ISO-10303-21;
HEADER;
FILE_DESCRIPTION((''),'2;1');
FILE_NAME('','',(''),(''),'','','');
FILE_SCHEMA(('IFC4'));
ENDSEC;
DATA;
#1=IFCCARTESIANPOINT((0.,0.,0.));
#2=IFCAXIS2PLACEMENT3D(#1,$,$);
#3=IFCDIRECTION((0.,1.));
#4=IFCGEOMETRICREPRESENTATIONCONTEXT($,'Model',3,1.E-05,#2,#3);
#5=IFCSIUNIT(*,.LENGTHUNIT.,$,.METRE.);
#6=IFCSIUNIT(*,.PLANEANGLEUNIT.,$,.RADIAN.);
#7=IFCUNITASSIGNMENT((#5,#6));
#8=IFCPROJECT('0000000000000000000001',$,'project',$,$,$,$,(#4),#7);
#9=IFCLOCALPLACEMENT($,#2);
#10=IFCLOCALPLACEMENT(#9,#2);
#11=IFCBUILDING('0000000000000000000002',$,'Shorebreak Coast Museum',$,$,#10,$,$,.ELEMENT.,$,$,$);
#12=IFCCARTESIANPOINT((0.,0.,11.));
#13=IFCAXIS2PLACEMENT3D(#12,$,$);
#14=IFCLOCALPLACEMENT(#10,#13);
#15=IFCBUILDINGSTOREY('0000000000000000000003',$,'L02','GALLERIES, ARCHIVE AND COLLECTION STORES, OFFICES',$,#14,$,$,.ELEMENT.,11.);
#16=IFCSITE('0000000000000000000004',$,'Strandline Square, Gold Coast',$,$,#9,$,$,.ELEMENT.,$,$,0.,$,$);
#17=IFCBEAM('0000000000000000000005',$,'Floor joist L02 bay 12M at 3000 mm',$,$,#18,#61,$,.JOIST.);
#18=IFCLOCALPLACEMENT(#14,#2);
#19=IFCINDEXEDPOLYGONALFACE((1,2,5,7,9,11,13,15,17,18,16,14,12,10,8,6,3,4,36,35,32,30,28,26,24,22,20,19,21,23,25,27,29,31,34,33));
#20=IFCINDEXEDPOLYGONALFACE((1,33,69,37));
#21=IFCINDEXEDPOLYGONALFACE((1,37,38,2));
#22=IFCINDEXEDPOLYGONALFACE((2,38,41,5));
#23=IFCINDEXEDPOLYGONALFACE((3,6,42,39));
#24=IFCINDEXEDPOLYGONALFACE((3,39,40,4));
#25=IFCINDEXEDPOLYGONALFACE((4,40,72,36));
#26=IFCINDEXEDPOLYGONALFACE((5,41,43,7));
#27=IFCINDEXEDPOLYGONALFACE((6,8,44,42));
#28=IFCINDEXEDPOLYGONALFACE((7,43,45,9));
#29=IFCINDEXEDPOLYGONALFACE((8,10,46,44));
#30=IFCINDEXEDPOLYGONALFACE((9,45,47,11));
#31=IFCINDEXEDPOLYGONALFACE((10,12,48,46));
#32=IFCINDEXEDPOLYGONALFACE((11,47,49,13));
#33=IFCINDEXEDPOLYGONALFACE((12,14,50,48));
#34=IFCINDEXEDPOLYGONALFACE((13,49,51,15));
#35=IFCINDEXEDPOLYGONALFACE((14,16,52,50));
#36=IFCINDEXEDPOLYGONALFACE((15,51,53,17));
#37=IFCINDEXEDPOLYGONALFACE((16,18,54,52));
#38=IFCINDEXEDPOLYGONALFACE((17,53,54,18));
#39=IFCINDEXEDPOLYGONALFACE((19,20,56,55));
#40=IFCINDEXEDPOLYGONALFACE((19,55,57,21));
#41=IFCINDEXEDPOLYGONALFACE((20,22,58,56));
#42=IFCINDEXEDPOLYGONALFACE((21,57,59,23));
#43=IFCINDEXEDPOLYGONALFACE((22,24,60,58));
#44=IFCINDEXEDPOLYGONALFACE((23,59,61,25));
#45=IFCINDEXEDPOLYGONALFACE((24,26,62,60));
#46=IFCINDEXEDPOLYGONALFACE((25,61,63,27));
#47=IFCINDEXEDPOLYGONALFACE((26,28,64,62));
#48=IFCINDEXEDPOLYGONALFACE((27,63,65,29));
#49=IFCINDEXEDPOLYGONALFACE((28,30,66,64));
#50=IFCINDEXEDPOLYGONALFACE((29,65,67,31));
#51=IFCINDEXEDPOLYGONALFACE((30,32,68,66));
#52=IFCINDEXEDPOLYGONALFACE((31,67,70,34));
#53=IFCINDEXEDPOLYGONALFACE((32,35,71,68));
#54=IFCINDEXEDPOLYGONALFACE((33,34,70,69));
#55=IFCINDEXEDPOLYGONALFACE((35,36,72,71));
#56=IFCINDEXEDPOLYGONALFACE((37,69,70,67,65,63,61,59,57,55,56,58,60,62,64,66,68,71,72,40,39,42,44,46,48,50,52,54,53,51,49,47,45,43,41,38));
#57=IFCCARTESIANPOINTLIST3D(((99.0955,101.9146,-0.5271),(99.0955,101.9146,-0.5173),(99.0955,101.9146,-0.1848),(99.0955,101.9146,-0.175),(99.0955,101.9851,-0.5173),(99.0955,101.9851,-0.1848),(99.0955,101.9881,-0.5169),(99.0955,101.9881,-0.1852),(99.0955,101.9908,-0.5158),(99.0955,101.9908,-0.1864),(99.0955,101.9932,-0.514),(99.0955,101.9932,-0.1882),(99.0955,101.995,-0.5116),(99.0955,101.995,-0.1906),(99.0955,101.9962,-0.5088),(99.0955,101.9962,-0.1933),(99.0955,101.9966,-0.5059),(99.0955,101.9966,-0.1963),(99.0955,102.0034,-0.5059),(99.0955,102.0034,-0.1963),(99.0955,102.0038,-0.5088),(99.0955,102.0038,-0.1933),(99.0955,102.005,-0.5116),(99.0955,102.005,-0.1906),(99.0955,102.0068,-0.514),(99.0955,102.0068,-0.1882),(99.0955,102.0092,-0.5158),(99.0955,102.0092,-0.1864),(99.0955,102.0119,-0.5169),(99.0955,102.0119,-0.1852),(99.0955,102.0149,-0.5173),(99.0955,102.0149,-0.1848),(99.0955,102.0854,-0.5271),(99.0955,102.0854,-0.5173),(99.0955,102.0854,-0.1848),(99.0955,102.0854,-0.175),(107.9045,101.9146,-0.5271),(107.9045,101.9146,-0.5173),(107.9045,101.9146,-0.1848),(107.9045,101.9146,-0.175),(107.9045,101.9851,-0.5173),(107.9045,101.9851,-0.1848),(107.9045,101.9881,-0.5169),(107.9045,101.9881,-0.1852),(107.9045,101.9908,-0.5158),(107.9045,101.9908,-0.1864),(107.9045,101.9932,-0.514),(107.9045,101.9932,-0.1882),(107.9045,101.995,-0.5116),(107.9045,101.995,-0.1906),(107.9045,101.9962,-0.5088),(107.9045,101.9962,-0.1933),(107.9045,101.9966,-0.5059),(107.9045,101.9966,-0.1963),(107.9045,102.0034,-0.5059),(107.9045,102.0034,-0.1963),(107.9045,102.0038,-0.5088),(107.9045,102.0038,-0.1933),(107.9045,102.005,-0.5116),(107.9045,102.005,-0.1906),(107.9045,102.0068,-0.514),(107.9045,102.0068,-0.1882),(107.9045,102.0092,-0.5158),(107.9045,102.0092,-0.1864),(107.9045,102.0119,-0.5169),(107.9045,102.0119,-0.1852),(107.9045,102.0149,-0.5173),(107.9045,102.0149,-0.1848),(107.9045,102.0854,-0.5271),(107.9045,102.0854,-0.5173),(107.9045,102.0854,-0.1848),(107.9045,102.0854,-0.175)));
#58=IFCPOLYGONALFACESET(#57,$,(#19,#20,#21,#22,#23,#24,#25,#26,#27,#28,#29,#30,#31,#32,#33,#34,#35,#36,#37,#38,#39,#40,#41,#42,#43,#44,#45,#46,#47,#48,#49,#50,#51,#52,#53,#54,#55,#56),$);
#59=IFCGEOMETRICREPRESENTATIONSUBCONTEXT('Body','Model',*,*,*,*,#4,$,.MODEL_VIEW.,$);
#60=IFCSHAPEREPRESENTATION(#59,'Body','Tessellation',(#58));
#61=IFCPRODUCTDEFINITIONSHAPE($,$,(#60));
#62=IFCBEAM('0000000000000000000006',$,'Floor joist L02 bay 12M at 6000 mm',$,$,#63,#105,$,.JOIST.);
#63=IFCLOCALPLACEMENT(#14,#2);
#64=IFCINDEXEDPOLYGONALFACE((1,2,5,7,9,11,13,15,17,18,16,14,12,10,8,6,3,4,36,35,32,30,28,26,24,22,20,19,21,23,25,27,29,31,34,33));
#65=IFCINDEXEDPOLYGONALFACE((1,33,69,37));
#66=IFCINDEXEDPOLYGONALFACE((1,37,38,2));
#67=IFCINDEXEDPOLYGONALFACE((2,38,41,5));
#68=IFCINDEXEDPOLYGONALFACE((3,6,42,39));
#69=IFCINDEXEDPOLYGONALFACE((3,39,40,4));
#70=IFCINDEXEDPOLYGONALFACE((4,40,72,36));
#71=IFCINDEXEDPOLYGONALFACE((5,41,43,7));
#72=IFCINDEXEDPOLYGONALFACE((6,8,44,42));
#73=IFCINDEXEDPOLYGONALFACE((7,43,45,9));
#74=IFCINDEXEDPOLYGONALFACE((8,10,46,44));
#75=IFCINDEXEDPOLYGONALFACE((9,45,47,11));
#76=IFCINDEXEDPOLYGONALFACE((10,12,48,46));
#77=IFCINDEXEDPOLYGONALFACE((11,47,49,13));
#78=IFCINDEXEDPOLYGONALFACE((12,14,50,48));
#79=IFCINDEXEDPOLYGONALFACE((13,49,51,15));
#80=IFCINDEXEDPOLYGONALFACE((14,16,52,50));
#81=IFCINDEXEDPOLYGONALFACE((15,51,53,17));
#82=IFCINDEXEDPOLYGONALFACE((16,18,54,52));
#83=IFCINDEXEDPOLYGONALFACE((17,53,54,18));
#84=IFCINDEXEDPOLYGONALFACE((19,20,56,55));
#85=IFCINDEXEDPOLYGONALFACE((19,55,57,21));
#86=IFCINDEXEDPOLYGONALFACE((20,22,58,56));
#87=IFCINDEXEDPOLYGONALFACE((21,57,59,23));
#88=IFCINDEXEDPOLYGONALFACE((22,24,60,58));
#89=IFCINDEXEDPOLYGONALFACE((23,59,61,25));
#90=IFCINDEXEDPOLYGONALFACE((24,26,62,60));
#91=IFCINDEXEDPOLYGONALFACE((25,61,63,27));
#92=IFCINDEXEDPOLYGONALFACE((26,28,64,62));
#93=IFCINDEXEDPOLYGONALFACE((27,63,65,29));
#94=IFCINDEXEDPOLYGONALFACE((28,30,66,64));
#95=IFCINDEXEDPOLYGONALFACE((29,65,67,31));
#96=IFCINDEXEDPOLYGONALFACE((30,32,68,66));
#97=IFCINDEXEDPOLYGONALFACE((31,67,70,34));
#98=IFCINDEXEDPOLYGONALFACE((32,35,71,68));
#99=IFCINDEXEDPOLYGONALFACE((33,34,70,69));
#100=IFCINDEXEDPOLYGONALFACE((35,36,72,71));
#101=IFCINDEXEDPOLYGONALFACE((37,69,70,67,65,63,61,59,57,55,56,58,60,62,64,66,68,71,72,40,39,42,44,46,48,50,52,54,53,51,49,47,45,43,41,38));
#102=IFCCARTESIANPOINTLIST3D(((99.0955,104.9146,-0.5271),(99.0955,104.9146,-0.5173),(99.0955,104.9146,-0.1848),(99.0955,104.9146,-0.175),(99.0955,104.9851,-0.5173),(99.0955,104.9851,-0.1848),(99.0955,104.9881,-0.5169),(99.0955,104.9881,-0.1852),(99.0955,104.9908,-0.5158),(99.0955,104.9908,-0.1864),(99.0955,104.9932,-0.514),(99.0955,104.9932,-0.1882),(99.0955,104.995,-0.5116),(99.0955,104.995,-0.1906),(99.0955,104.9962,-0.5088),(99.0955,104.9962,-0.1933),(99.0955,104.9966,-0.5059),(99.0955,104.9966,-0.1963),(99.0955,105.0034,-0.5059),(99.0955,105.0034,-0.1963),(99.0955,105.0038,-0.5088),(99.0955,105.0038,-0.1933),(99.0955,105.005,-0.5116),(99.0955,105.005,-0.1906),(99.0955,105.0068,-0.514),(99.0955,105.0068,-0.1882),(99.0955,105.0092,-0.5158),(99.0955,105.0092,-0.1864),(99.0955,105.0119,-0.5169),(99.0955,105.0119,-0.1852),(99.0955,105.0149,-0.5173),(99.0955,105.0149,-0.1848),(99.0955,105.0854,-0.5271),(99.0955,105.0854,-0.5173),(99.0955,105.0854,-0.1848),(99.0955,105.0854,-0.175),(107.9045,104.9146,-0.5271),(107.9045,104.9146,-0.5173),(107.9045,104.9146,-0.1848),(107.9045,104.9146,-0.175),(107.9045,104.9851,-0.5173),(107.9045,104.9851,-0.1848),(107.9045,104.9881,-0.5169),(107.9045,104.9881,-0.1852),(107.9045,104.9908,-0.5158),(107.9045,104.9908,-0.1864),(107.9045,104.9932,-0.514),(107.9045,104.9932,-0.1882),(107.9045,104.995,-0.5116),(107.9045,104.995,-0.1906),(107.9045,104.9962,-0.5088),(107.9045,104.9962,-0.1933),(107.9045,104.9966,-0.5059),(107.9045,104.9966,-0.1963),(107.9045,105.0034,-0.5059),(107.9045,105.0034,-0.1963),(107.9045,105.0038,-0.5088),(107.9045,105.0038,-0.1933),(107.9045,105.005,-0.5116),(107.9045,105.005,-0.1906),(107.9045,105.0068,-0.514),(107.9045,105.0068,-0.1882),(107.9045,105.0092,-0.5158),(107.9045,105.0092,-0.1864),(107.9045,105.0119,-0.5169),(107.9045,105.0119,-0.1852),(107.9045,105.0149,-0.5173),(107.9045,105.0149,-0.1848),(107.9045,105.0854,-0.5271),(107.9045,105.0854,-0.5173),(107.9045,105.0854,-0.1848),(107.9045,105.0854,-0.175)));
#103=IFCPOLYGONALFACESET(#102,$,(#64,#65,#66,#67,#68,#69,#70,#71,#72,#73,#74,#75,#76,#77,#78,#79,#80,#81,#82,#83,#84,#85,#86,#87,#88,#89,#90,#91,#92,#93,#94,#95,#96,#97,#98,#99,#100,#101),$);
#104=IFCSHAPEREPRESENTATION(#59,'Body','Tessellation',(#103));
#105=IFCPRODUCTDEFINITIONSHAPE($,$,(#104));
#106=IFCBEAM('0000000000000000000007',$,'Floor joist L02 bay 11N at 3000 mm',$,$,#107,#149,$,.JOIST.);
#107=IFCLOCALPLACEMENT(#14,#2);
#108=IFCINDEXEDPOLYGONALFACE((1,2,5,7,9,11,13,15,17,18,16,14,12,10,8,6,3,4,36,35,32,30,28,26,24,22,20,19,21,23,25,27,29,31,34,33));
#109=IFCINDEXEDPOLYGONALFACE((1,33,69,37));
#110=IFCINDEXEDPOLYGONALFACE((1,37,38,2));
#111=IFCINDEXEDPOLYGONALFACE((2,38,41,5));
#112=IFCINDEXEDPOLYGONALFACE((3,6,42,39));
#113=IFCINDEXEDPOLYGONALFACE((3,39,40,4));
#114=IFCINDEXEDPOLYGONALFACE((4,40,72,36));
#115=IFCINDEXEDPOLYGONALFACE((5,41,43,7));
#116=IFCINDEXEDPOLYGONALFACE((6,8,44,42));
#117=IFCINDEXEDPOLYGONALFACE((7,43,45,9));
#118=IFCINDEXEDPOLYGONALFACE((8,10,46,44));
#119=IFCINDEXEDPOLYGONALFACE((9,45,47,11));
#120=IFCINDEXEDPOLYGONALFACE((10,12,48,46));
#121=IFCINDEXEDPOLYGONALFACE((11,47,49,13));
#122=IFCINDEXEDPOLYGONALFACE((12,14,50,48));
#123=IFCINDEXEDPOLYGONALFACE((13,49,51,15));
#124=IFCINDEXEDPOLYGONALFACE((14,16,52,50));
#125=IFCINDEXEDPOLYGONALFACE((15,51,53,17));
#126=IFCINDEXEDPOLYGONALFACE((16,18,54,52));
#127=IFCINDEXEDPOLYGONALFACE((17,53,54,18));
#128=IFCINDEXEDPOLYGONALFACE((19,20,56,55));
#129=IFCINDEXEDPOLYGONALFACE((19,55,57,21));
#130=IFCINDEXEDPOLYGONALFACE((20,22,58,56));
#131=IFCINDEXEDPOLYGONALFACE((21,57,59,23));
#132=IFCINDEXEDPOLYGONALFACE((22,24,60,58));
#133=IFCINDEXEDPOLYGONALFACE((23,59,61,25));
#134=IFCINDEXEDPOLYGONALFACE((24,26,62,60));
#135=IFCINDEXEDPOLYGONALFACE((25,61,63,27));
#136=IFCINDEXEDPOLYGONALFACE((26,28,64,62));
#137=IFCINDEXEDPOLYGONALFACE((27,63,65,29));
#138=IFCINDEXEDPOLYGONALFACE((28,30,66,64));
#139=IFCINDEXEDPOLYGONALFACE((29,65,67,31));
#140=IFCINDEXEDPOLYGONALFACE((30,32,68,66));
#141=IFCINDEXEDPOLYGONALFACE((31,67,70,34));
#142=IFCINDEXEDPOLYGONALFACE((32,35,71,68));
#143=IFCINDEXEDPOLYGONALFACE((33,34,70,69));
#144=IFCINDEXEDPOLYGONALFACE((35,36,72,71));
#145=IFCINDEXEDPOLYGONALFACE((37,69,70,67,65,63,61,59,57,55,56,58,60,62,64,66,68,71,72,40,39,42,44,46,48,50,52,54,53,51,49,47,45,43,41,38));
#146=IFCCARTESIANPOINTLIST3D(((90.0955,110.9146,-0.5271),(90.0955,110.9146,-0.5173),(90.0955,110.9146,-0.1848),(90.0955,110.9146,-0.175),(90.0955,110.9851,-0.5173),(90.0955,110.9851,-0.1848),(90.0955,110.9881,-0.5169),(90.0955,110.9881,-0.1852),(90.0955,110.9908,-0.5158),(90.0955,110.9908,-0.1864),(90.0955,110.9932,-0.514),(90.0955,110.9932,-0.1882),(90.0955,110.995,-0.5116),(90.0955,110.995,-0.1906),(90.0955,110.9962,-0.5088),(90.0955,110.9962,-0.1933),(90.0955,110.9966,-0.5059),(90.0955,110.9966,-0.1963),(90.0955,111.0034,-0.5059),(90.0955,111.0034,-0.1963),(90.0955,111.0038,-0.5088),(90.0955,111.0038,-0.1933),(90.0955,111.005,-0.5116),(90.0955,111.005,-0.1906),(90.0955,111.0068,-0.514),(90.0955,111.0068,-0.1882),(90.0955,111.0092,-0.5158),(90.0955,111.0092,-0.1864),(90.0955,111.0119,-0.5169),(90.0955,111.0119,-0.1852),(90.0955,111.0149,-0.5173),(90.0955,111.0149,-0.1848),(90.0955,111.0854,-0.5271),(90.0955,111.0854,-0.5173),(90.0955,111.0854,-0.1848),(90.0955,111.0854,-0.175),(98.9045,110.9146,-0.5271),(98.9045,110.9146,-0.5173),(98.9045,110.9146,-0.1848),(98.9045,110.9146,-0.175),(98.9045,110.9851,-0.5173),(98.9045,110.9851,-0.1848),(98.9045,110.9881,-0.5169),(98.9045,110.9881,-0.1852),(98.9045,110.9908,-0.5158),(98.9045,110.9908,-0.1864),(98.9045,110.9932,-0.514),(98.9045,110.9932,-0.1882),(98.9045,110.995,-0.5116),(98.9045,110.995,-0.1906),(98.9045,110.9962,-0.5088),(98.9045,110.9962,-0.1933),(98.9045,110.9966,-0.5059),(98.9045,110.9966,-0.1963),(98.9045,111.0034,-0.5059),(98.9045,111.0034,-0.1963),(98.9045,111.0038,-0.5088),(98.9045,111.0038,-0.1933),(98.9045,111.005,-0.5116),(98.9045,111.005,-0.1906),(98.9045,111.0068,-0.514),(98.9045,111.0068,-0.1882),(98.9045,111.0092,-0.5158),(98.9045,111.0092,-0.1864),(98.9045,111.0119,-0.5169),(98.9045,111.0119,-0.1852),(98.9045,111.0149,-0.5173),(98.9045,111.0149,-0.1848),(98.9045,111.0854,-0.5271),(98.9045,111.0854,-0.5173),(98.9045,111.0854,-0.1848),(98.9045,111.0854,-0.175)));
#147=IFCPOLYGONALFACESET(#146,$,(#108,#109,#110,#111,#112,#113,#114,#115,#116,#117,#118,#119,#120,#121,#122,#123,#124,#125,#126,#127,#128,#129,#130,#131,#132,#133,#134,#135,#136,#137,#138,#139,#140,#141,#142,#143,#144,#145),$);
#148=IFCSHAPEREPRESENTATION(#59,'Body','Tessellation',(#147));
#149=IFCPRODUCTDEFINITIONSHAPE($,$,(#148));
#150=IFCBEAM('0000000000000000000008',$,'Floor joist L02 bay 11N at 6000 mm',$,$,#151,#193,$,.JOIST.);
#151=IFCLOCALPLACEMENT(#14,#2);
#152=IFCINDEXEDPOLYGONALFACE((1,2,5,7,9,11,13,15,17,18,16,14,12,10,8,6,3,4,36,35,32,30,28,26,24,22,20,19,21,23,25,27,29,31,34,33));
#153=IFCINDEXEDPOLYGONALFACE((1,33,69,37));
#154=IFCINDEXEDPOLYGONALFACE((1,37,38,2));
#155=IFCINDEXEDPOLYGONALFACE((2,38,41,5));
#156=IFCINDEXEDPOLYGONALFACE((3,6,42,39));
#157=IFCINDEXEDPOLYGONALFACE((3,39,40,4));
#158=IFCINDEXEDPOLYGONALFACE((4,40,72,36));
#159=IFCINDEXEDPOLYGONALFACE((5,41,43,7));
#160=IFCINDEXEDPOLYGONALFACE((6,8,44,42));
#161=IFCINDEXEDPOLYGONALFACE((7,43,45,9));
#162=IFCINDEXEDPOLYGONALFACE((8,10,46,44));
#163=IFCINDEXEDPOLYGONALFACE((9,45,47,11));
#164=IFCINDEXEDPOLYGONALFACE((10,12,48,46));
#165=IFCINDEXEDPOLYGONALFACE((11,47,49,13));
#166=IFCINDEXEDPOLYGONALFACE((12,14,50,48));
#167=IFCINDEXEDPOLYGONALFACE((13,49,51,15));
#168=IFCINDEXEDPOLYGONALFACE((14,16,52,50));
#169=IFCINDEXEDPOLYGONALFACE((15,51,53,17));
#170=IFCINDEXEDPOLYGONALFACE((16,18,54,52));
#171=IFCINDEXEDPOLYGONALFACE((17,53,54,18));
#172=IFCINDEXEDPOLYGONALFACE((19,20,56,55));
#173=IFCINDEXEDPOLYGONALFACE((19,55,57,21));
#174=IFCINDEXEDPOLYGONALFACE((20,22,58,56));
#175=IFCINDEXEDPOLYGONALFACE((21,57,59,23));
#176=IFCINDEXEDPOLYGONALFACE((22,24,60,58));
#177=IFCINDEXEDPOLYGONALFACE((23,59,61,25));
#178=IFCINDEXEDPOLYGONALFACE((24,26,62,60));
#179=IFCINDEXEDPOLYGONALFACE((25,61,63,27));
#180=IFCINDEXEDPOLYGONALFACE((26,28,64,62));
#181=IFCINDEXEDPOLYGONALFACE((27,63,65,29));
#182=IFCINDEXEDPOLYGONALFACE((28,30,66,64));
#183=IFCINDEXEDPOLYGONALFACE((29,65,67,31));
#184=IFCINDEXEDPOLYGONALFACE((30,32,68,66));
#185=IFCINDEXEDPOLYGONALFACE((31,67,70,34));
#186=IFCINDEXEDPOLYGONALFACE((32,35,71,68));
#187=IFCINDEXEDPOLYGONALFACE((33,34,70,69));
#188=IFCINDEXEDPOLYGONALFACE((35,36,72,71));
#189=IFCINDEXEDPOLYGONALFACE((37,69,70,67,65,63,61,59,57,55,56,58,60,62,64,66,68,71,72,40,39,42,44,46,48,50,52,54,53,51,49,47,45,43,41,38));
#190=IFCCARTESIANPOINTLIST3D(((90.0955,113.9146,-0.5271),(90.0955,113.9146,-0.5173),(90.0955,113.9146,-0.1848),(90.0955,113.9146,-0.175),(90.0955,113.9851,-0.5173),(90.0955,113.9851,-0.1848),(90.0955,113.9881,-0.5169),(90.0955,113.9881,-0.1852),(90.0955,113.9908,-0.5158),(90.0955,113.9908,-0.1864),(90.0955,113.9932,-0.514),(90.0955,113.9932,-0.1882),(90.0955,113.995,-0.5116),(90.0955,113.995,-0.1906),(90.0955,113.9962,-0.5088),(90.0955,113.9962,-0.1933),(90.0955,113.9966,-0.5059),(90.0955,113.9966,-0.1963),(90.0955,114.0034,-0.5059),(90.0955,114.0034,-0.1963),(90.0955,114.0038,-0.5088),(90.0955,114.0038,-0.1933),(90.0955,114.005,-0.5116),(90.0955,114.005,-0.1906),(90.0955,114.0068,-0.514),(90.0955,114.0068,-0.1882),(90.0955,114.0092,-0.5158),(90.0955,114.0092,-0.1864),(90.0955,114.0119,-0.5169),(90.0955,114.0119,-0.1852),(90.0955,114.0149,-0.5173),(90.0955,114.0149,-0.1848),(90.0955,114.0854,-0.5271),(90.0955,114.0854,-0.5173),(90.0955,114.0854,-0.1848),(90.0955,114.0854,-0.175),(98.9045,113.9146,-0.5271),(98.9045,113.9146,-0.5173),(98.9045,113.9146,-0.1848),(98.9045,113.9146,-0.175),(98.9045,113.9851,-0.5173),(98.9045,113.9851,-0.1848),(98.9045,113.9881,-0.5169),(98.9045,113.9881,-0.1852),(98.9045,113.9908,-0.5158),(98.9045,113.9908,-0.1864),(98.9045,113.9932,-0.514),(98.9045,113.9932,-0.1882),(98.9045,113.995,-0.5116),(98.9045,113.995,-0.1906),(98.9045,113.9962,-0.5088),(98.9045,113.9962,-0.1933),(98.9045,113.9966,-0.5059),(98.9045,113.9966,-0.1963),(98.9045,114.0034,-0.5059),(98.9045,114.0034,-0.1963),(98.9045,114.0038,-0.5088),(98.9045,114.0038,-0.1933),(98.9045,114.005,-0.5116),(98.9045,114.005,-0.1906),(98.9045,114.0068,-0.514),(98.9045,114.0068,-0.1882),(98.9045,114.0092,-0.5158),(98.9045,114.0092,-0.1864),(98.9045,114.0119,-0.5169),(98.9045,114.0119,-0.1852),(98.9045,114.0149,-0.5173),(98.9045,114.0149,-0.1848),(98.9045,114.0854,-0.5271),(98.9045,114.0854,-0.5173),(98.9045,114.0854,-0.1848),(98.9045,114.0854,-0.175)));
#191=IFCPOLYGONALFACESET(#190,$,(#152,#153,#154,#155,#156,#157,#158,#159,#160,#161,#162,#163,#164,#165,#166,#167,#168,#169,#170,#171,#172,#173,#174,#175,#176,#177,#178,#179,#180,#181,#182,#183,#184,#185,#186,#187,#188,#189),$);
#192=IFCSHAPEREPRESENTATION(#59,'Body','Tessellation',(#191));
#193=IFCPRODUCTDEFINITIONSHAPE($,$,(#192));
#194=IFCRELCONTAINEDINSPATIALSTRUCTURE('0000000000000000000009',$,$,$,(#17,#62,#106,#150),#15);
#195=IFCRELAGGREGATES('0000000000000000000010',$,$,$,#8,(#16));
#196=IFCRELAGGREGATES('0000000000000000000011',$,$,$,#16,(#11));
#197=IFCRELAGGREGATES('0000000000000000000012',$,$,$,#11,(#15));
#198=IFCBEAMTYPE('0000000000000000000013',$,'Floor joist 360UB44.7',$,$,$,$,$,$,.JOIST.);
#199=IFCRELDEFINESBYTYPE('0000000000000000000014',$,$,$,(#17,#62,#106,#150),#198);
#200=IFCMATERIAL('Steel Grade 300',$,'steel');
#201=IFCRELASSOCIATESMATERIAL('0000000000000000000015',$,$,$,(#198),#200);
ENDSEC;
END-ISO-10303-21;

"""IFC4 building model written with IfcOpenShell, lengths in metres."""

from ifc_helpers import new_model, si_unit, direction, frame, origin, origin_2d, place, context, subcontext, project, spatial, i_section, extrude, material, material_profile, profile_set, type_object, element, save


model = new_model("IFC4")

# Units and contexts
model_context = context("Model", 3, precision=1e-05, world=origin(), true_north=direction((0.0, 1.0)))
body_context = subcontext(model_context, "Body", "Model", "MODEL_VIEW")
ifc_project = project(units=[si_unit("LENGTHUNIT", "METRE"), si_unit("PLANEANGLEUNIT", "RADIAN")], contexts=[model_context])

# Site, building, storey
site_placement = place(None, origin())
site = spatial("IfcSite", under=ifc_project, at=site_placement, Name="Strandline Square, Gold Coast", CompositionType="ELEMENT", RefElevation=0.0)
building_placement = place(site_placement, origin())
building = spatial("IfcBuilding", under=site, at=building_placement, Name="Shorebreak Coast Museum", CompositionType="ELEMENT")
storey_placement = place(building_placement, frame((0.0, 0.0, 11.0)))
storey = spatial("IfcBuildingStorey", under=building, at=storey_placement, Name="L02", Description="GALLERIES, ARCHIVE AND COLLECTION STORES, OFFICES", CompositionType="ELEMENT", Elevation=11.0)

# Beams
ifc_material_1 = material(Name="Steel Grade 300", Category="steel")
ifc_material_profile_1 = material_profile(ifc_material_1, i_section(OverallWidth=0.1709, OverallDepth=0.3521, WebThickness=0.0068, FlangeThickness=0.0098, FilletRadius=0.0115, at=origin_2d()), Name="360UB44.7")
ifc_profile_set_1 = profile_set([ifc_material_profile_1], Name="Steel Grade 300")
beam_type_1 = type_object("IfcBeamType", Name="Floor joist 360UB44.7", PredefinedType="JOIST", material=ifc_profile_set_1)
for number, where, z_axis, x_axis, name in (
    (1, (99.0955, 102.0, -0.3511), (1.0, 0.0, 0.0), (0.0, 1.0, 0.0), "Floor joist L02 bay 12M at 3000 mm"),
    (2, (99.0955, 105.0, -0.3511), (1.0, 0.0, 0.0), (0.0, 1.0, 0.0), "Floor joist L02 bay 12M at 6000 mm"),
    (3, (90.0955, 111.0, -0.3511), (1.0, 0.0, 0.0), (0.0, 1.0, 0.0), "Floor joist L02 bay 11N at 3000 mm"),
    (4, (90.0955, 114.0, -0.3511), (1.0, 0.0, 0.0), (0.0, 1.0, 0.0), "Floor joist L02 bay 11N at 6000 mm"),
):
    element("IfcBeam", number, at=place(storey_placement, frame(where, z_axis=z_axis, x_axis=x_axis)), inside=storey, type_object=beam_type_1, Name=name, PredefinedType="JOIST", context=body_context, shape_type="SweptSolid", body=[
        extrude(i_section(OverallWidth=0.1709, OverallDepth=0.3521, WebThickness=0.0068, FlangeThickness=0.0098, FilletRadius=0.0115, at=origin_2d()), origin(), (0.0, 0.0, 1.0), 8.8091),
    ])

save(model, "model.ifc")
